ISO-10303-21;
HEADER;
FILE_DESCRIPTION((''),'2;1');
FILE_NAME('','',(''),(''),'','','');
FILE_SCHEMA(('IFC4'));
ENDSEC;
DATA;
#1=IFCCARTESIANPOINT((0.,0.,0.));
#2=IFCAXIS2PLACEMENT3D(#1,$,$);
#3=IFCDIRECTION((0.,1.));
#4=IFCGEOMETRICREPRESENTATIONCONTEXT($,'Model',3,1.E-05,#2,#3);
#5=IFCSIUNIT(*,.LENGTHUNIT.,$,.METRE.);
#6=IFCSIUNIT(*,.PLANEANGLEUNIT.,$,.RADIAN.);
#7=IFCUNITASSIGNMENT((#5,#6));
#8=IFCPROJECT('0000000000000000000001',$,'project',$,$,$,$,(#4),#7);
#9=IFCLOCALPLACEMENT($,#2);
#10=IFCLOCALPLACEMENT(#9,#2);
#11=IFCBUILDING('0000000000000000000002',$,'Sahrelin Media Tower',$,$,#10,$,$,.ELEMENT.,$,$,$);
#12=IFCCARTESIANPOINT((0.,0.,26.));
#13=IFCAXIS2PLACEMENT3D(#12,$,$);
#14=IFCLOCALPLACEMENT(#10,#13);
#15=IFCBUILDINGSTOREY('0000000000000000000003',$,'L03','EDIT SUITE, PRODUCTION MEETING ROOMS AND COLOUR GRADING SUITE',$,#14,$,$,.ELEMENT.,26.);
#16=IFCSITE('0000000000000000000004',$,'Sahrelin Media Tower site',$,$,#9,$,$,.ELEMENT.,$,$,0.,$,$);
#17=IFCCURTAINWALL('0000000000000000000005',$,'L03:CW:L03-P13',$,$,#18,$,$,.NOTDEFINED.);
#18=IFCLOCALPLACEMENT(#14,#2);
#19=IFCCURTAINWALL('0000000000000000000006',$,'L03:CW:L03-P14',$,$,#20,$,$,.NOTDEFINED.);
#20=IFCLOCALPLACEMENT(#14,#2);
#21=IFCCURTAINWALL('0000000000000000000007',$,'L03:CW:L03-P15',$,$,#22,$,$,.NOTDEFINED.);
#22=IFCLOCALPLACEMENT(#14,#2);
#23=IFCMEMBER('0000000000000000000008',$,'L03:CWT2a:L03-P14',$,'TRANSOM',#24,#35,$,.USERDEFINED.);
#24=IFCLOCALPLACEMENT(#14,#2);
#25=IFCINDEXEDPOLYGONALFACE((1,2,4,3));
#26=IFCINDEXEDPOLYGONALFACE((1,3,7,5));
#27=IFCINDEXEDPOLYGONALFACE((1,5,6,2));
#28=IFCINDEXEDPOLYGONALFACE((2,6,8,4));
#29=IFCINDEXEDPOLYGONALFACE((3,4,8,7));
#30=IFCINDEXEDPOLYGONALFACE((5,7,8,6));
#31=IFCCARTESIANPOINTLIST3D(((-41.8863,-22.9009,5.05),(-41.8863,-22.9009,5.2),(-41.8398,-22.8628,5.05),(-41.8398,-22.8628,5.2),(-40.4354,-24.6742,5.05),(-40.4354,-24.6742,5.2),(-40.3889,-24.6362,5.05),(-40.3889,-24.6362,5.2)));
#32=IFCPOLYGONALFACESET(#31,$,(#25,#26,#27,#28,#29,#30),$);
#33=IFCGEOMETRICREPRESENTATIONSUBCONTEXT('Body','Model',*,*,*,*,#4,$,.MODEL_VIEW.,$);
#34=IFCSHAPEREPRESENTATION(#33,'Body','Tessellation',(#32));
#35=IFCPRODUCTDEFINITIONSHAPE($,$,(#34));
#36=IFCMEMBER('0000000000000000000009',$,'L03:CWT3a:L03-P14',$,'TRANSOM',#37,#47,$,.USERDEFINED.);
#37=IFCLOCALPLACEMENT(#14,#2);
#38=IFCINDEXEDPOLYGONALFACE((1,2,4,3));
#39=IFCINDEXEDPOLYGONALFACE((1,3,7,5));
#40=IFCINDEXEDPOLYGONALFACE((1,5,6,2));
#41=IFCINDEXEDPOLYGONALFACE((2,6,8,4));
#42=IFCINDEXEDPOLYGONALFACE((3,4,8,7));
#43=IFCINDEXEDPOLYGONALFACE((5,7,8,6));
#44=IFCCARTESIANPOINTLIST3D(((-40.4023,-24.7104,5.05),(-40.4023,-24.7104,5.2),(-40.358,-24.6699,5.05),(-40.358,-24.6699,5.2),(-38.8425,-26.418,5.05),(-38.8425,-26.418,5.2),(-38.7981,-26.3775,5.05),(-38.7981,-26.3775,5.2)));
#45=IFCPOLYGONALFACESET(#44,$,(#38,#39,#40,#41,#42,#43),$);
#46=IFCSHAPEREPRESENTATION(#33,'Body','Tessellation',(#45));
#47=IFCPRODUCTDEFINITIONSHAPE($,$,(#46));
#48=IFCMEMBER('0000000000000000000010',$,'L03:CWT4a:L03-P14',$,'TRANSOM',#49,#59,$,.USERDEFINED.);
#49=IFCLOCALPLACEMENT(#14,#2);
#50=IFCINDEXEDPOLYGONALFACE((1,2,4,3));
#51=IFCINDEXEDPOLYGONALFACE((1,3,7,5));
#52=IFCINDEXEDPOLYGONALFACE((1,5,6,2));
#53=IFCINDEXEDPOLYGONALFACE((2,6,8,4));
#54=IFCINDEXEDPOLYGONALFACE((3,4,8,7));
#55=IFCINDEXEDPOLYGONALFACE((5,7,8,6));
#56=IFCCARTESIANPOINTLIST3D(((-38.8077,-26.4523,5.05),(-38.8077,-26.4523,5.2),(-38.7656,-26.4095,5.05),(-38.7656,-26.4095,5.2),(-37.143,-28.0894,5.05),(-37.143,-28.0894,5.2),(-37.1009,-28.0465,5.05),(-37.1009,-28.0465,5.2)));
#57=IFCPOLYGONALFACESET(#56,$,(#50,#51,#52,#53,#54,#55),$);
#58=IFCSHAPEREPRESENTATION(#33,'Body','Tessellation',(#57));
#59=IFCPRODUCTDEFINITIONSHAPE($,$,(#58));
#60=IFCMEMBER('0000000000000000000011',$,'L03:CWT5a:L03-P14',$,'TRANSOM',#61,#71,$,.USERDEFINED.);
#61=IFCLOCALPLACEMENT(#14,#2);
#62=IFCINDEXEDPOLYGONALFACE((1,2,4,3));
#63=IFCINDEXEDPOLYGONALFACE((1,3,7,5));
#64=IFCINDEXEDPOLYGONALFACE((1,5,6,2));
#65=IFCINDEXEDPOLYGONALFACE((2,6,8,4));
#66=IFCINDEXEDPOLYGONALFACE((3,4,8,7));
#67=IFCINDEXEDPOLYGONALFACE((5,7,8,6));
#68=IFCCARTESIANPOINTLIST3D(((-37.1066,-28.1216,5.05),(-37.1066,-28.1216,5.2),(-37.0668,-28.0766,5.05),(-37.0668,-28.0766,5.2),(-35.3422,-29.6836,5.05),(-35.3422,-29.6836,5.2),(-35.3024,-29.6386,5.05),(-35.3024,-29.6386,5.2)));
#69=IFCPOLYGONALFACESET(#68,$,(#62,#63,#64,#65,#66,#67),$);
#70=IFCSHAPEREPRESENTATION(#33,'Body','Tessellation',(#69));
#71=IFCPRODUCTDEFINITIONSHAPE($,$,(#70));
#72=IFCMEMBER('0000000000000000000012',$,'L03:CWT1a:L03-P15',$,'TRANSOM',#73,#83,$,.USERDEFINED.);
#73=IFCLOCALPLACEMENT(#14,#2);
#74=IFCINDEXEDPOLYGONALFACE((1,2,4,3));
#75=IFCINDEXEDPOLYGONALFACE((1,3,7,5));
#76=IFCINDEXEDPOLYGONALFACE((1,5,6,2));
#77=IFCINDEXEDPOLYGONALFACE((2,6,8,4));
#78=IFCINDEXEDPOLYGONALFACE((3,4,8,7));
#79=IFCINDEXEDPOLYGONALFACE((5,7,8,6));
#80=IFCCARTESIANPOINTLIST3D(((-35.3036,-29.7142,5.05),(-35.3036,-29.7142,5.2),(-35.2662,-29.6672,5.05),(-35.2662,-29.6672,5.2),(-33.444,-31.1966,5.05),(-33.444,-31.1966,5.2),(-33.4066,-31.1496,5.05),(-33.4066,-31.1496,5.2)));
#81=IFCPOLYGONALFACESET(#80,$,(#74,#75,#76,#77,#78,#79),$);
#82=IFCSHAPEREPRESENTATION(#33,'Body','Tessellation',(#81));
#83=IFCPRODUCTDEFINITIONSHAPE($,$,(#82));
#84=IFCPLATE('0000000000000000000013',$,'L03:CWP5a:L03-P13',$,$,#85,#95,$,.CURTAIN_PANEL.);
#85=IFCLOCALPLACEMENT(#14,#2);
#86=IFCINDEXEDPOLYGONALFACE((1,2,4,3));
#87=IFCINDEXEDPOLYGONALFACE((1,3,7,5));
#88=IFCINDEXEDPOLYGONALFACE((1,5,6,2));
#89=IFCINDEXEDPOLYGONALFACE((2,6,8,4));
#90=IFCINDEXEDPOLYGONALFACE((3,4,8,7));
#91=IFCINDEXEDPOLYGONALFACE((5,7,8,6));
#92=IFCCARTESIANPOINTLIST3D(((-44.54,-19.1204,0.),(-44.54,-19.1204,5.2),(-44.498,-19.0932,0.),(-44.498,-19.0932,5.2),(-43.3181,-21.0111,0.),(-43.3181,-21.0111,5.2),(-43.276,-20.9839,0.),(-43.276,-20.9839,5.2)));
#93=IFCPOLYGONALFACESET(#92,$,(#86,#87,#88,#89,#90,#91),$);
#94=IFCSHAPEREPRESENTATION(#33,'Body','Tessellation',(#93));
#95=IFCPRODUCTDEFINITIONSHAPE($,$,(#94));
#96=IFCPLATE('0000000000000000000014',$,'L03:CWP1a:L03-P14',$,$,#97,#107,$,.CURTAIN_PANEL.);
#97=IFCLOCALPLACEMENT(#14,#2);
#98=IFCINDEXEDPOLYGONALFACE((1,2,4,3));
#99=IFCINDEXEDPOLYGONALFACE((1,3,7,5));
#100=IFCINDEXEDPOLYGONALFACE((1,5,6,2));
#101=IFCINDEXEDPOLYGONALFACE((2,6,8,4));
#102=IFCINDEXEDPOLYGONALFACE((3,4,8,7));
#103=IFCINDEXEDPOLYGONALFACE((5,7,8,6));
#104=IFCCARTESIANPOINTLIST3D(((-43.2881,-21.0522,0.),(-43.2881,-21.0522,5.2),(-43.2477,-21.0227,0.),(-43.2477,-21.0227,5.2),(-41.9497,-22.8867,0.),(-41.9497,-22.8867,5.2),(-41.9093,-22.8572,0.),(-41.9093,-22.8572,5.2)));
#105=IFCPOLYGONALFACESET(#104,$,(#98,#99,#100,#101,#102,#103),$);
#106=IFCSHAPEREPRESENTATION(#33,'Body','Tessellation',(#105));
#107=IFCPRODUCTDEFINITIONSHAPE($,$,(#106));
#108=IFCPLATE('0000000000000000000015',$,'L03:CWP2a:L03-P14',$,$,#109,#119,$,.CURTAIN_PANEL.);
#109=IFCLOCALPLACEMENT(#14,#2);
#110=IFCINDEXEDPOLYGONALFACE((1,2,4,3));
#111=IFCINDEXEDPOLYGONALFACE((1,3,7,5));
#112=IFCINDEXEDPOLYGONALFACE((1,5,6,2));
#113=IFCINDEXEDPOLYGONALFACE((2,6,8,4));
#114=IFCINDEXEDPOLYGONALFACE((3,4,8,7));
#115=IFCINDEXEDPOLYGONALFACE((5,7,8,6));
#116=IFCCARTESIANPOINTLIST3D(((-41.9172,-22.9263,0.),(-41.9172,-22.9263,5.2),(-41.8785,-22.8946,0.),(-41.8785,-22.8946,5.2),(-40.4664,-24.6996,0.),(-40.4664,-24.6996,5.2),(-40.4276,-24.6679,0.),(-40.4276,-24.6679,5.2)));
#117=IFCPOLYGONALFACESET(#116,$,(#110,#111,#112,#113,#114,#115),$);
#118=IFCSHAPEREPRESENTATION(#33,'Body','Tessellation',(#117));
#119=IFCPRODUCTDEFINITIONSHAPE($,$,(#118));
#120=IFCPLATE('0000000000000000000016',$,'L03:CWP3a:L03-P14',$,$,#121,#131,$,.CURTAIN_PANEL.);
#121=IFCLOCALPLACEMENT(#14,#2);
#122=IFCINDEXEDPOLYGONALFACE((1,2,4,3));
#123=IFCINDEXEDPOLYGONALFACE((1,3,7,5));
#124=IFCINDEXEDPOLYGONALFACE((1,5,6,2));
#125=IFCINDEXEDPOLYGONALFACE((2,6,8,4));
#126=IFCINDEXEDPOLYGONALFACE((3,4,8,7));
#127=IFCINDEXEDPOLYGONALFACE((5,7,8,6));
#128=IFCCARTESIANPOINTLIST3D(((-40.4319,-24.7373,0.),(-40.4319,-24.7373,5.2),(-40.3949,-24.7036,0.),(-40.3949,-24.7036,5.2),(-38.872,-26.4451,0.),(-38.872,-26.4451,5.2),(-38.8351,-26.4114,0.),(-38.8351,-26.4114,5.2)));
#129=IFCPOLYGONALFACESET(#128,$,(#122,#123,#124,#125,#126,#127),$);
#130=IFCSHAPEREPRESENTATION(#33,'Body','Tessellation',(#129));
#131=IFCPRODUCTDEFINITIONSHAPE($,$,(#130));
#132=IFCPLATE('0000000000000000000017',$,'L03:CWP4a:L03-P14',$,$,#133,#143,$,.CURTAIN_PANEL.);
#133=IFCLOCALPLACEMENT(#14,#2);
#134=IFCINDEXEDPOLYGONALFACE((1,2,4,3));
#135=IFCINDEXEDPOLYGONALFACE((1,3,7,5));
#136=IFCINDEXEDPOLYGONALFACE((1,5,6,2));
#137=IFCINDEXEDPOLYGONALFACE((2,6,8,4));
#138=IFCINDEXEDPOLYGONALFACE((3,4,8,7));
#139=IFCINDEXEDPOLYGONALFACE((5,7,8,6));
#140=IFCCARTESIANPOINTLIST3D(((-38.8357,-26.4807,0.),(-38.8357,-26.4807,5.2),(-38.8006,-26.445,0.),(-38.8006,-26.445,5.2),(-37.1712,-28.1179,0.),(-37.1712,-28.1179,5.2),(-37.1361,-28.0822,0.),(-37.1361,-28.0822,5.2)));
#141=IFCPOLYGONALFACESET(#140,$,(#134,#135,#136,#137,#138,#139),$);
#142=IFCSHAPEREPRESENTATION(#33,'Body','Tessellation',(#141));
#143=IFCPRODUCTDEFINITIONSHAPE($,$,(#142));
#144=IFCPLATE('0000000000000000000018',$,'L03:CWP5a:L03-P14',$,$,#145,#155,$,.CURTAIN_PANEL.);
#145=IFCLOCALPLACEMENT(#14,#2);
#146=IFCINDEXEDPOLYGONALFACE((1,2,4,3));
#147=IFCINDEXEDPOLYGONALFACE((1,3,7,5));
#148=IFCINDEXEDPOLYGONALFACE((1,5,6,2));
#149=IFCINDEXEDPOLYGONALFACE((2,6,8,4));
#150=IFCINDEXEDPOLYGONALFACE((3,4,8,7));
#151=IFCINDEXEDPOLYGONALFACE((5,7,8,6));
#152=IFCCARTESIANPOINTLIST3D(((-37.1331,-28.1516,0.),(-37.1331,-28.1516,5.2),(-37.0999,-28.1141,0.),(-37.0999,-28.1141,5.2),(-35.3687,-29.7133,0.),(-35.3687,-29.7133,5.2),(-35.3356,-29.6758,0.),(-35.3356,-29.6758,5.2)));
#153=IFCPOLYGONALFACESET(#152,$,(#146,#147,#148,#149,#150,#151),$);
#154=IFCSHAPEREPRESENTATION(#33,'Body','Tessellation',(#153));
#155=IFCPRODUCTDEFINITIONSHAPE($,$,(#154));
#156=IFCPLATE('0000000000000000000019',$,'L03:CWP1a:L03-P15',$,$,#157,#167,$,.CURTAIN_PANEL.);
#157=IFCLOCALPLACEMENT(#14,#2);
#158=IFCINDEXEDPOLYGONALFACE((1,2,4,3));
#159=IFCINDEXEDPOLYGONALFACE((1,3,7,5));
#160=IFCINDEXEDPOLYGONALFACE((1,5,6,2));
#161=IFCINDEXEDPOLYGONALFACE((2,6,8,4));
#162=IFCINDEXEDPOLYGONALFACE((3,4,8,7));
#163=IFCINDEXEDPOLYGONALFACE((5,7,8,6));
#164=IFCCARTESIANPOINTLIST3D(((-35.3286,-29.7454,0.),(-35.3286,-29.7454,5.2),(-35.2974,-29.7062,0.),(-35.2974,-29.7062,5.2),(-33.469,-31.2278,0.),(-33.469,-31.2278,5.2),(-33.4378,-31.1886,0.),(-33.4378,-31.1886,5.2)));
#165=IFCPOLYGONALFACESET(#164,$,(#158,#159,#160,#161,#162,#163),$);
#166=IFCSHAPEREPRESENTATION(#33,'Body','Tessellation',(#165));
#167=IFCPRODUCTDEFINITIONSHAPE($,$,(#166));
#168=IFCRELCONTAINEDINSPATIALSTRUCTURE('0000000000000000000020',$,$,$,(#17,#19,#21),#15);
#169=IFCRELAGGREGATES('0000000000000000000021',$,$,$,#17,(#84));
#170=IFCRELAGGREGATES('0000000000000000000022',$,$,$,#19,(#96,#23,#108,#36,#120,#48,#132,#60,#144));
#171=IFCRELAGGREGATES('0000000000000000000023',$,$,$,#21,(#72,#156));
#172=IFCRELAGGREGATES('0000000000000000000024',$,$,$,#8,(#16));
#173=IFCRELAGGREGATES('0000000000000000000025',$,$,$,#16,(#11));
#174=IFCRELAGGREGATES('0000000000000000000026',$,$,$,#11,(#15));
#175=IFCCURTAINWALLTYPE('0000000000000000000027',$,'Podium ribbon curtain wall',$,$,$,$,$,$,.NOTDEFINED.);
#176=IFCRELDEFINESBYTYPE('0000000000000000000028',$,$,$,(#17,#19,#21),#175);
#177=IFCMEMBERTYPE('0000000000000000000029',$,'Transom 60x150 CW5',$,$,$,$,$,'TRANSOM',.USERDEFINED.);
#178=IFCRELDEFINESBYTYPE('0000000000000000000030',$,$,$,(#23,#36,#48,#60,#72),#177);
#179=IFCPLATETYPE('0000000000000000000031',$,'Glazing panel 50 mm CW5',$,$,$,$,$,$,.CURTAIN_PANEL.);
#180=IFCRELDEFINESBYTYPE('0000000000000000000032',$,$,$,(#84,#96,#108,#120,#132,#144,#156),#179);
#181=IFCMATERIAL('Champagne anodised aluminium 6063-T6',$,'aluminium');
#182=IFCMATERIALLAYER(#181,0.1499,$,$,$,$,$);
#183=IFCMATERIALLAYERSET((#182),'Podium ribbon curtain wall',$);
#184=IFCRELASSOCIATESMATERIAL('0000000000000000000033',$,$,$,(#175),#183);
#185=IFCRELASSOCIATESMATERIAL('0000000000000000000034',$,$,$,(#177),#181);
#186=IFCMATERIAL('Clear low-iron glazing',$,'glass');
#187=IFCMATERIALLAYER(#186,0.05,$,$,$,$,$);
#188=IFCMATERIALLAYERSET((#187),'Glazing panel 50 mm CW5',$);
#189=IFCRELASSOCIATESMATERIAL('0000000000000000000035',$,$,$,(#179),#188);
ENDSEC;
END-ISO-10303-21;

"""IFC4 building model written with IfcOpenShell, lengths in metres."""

from ifc_helpers import new_model, si_unit, direction, frame, origin, origin_2d, place, context, subcontext, project, spatial, polyline, rectangle, outline, extrude, material, layer, layer_set, material_profile, profile_set, type_object, element, aggregate, save


model = new_model("IFC4")

# Units and contexts
model_context = context("Model", 3, precision=1e-05, world=origin(), true_north=direction((0.0, 1.0)))
body_context = subcontext(model_context, "Body", "Model", "MODEL_VIEW")
ifc_project = project(units=[si_unit("LENGTHUNIT", "METRE"), si_unit("PLANEANGLEUNIT", "RADIAN")], contexts=[model_context])

# Site, building, storey
site_placement = place(None, origin())
site = spatial("IfcSite", under=ifc_project, at=site_placement, Name="Sahrelin Media Tower site", CompositionType="ELEMENT", RefElevation=0.0)
building_placement = place(site_placement, origin())
building = spatial("IfcBuilding", under=site, at=building_placement, Name="Sahrelin Media Tower", CompositionType="ELEMENT")
storey_placement = place(building_placement, frame((0.0, 0.0, 26.0)))
storey = spatial("IfcBuildingStorey", under=building, at=storey_placement, Name="L03", Description="EDIT SUITE, PRODUCTION MEETING ROOMS AND COLOUR GRADING SUITE", CompositionType="ELEMENT", Elevation=26.0)

# Curtain wall
ifc_material_1 = material(Name="Champagne anodised aluminium 6063-T6", Category="aluminium")
ifc_layer_1 = layer(ifc_material_1, 0.1499)
ifc_layer_set_1 = layer_set([ifc_layer_1], Name="Podium ribbon curtain wall")
curtain_wall_type = type_object("IfcCurtainWallType", Name="Podium ribbon curtain wall", PredefinedType="NOTDEFINED", material=ifc_layer_set_1)
curtain_wall_1_placement = place(storey_placement, frame((-48.2964, -10.8704, 0.0), z_axis=(0.0, 0.0, 1.0), x_axis=(1.0, 0.0, 0.0)))
curtain_wall_1 = element("IfcCurtainWall", 1, at=curtain_wall_1_placement, inside=storey, type_object=curtain_wall_type, Name="L03:CW:L03-P13", PredefinedType="NOTDEFINED")

# Curtain wall
curtain_wall_2_placement = place(storey_placement, frame((-43.3013, -21.0, 0.0), z_axis=(0.0, 0.0, 1.0), x_axis=(1.0, 0.0, 0.0)))
curtain_wall_2 = element("IfcCurtainWall", 2, at=curtain_wall_2_placement, inside=storey, type_object=curtain_wall_type, Name="L03:CW:L03-P14", PredefinedType="NOTDEFINED")

# Curtain wall
curtain_wall_3_placement = place(storey_placement, frame((-35.3552, -29.6985, 0.0), z_axis=(0.0, 0.0, 1.0), x_axis=(1.0, 0.0, 0.0)))
curtain_wall_3 = element("IfcCurtainWall", 3, at=curtain_wall_3_placement, inside=storey, type_object=curtain_wall_type, Name="L03:CW:L03-P15", PredefinedType="NOTDEFINED")

# Members
ifc_material_profile_1 = material_profile(ifc_material_1, rectangle(XDim=0.0601, YDim=0.1499, at=origin_2d()), Name="Transom 60x150")
ifc_profile_set_1 = profile_set([ifc_material_profile_1], Name="Champagne anodised aluminium 6063-T6")
member_type_1 = type_object("IfcMemberType", Name="Transom 60x150 CW5", ElementType="TRANSOM", PredefinedType="USERDEFINED", material=ifc_profile_set_1)
member_1_placement = place(storey_placement, frame((-41.863, -22.8818, 5.125), z_axis=(0.63322, -0.773972, 0.0), x_axis=(0.773972, 0.63322, 0.0)))
member_1 = element("IfcMember", 4, at=member_1_placement, type_object=member_type_1, Name="L03:CWT2a:L03-P14", ObjectType="TRANSOM", PredefinedType="USERDEFINED", context=body_context, shape_type="SweptSolid", body=[
    extrude(rectangle(XDim=0.0601, YDim=0.1499, at=origin_2d()), origin(), (0.0, 0.0, 1.0), 2.2913),
])
member_2_placement = place(storey_placement, frame((-40.3801, -24.6902, 5.125), z_axis=(0.674452, -0.738319, 0.0), x_axis=(0.738319, 0.674452, 0.0)))
member_2 = element("IfcMember", 5, at=member_2_placement, type_object=member_type_1, Name="L03:CWT3a:L03-P14", ObjectType="TRANSOM", PredefinedType="USERDEFINED", context=body_context, shape_type="SweptSolid", body=[
    extrude(rectangle(XDim=0.0601, YDim=0.1499, at=origin_2d()), origin(), (0.0, 0.0, 1.0), 2.3127),
])
member_3_placement = place(storey_placement, frame((-38.7866, -26.4309, 5.125), z_axis=(0.712991, -0.701174, 0.0), x_axis=(0.701174, 0.712991, 0.0)))
member_3 = element("IfcMember", 6, at=member_3_placement, type_object=member_type_1, Name="L03:CWT4a:L03-P14", ObjectType="TRANSOM", PredefinedType="USERDEFINED", context=body_context, shape_type="SweptSolid", body=[
    extrude(rectangle(XDim=0.0601, YDim=0.1499, at=origin_2d()), origin(), (0.0, 0.0, 1.0), 2.3347),
])
member_4_placement = place(storey_placement, frame((-37.0867, -28.0991, 5.125), z_axis=(0.748745, -0.662858, 0.0), x_axis=(0.662858, 0.748745, 0.0)))
member_4 = element("IfcMember", 7, at=member_4_placement, type_object=member_type_1, Name="L03:CWT5a:L03-P14", ObjectType="TRANSOM", PredefinedType="USERDEFINED", context=body_context, shape_type="SweptSolid", body=[
    extrude(rectangle(XDim=0.0601, YDim=0.1499, at=origin_2d()), origin(), (0.0, 0.0, 1.0), 2.3564),
])
member_5_placement = place(storey_placement, frame((-35.2849, -29.6907, 5.125), z_axis=(0.781949, -0.623342, 0.0), x_axis=(0.623342, 0.781949, 0.0)))
member_5 = element("IfcMember", 8, at=member_5_placement, type_object=member_type_1, Name="L03:CWT1a:L03-P15", ObjectType="TRANSOM", PredefinedType="USERDEFINED", context=body_context, shape_type="SweptSolid", body=[
    extrude(rectangle(XDim=0.0601, YDim=0.1499, at=origin_2d()), origin(), (0.0, 0.0, 1.0), 2.3782),
])

# Plates
ifc_material_2 = material(Name="Clear low-iron glazing", Category="glass")
ifc_layer_2 = layer(ifc_material_2, 0.05)
ifc_layer_set_2 = layer_set([ifc_layer_2], Name="Glazing panel 50 mm CW5")
plate_type = type_object("IfcPlateType", Name="Glazing panel 50 mm CW5", PredefinedType="CURTAIN_PANEL", material=ifc_layer_set_2)
plate_1_placement = place(storey_placement, frame((-44.54, -19.1204, 0.0), z_axis=(-0.839858, -0.542806, 0.0), x_axis=(0.542806, -0.839858, 0.0)))
plate_1 = element("IfcPlate", 9, at=plate_1_placement, type_object=plate_type, Name="L03:CWP5a:L03-P13", PredefinedType="CURTAIN_PANEL", context=body_context, shape_type="SweptSolid", body=[
    extrude(outline(polyline([(0.0, 0.0), (2.2512, 0.0), (2.2512, 5.2), (0.0, 5.2), (0.0, 0.0)])), origin(), (0.0, 0.0, -1.0), 0.05),
])
aggregate(curtain_wall_1, [plate_1])
plate_2_placement = place(storey_placement, frame((-43.2881, -21.0522, 0.0), z_axis=(-0.807852, -0.589386, 0.0), x_axis=(0.589386, -0.807852, 0.0)))
plate_2 = element("IfcPlate", 10, at=plate_2_placement, type_object=plate_type, Name="L03:CWP1a:L03-P14", PredefinedType="CURTAIN_PANEL", context=body_context, shape_type="SweptSolid", body=[
    extrude(outline(polyline([(0.0, 0.0), (2.2708, 0.0), (2.2708, 5.2), (0.0, 5.2), (0.0, 0.0)])), origin(), (0.0, 0.0, -1.0), 0.05),
])
plate_3_placement = place(storey_placement, frame((-41.9172, -22.9263, 0.0), z_axis=(-0.773972, -0.63322, 0.0), x_axis=(0.63322, -0.773972, 0.0)))
plate_3 = element("IfcPlate", 11, at=plate_3_placement, type_object=plate_type, Name="L03:CWP2a:L03-P14", PredefinedType="CURTAIN_PANEL", context=body_context, shape_type="SweptSolid", body=[
    extrude(outline(polyline([(0.0, 0.0), (2.2913, 0.0), (2.2913, 5.2), (0.0, 5.2), (0.0, 0.0)])), origin(), (0.0, 0.0, -1.0), 0.05),
])
plate_4_placement = place(storey_placement, frame((-40.4319, -24.7373, 0.0), z_axis=(-0.738367, -0.6744, 0.0), x_axis=(0.6744, -0.738367, 0.0)))
plate_4 = element("IfcPlate", 12, at=plate_4_placement, type_object=plate_type, Name="L03:CWP3a:L03-P14", PredefinedType="CURTAIN_PANEL", context=body_context, shape_type="SweptSolid", body=[
    extrude(outline(polyline([(0.0, 0.0), (2.313, 0.0), (2.313, 5.2), (0.0, 5.2), (0.0, 0.0)])), origin(), (0.0, 0.0, -1.0), 0.05),
])
plate_5_placement = place(storey_placement, frame((-38.8357, -26.4807, 0.0), z_axis=(-0.701227, -0.712938, 0.0), x_axis=(0.712938, -0.701227, 0.0)))
plate_5 = element("IfcPlate", 13, at=plate_5_placement, type_object=plate_type, Name="L03:CWP4a:L03-P14", PredefinedType="CURTAIN_PANEL", context=body_context, shape_type="SweptSolid", body=[
    extrude(outline(polyline([(0.0, 0.0), (2.3347, 0.0), (2.3347, 5.2), (0.0, 5.2), (0.0, 0.0)])), origin(), (0.0, 0.0, -1.0), 0.05),
])
plate_6_placement = place(storey_placement, frame((-37.1331, -28.1516, 0.0), z_axis=(-0.6628, -0.748797, 0.0), x_axis=(0.748797, -0.6628, 0.0)))
plate_6 = element("IfcPlate", 14, at=plate_6_placement, type_object=plate_type, Name="L03:CWP5a:L03-P14", PredefinedType="CURTAIN_PANEL", context=body_context, shape_type="SweptSolid", body=[
    extrude(outline(polyline([(0.0, 0.0), (2.3562, 0.0), (2.3562, 5.2), (0.0, 5.2), (0.0, 0.0)])), origin(), (0.0, 0.0, -1.0), 0.05),
])
aggregate(curtain_wall_2, [plate_2, member_1, plate_3, member_2, plate_4, member_3, plate_5, member_4, plate_6])
plate_7_placement = place(storey_placement, frame((-35.3286, -29.7454, 0.0), z_axis=(-0.623342, -0.781949, 0.0), x_axis=(0.781949, -0.623342, 0.0)))
plate_7 = element("IfcPlate", 15, at=plate_7_placement, type_object=plate_type, Name="L03:CWP1a:L03-P15", PredefinedType="CURTAIN_PANEL", context=body_context, shape_type="SweptSolid", body=[
    extrude(outline(polyline([(0.0, 0.0), (2.3782, 0.0), (2.3782, 5.2), (0.0, 5.2), (0.0, 0.0)])), origin(), (0.0, 0.0, -1.0), 0.05),
])
aggregate(curtain_wall_3, [member_5, plate_7])

save(model, "model.ifc")
